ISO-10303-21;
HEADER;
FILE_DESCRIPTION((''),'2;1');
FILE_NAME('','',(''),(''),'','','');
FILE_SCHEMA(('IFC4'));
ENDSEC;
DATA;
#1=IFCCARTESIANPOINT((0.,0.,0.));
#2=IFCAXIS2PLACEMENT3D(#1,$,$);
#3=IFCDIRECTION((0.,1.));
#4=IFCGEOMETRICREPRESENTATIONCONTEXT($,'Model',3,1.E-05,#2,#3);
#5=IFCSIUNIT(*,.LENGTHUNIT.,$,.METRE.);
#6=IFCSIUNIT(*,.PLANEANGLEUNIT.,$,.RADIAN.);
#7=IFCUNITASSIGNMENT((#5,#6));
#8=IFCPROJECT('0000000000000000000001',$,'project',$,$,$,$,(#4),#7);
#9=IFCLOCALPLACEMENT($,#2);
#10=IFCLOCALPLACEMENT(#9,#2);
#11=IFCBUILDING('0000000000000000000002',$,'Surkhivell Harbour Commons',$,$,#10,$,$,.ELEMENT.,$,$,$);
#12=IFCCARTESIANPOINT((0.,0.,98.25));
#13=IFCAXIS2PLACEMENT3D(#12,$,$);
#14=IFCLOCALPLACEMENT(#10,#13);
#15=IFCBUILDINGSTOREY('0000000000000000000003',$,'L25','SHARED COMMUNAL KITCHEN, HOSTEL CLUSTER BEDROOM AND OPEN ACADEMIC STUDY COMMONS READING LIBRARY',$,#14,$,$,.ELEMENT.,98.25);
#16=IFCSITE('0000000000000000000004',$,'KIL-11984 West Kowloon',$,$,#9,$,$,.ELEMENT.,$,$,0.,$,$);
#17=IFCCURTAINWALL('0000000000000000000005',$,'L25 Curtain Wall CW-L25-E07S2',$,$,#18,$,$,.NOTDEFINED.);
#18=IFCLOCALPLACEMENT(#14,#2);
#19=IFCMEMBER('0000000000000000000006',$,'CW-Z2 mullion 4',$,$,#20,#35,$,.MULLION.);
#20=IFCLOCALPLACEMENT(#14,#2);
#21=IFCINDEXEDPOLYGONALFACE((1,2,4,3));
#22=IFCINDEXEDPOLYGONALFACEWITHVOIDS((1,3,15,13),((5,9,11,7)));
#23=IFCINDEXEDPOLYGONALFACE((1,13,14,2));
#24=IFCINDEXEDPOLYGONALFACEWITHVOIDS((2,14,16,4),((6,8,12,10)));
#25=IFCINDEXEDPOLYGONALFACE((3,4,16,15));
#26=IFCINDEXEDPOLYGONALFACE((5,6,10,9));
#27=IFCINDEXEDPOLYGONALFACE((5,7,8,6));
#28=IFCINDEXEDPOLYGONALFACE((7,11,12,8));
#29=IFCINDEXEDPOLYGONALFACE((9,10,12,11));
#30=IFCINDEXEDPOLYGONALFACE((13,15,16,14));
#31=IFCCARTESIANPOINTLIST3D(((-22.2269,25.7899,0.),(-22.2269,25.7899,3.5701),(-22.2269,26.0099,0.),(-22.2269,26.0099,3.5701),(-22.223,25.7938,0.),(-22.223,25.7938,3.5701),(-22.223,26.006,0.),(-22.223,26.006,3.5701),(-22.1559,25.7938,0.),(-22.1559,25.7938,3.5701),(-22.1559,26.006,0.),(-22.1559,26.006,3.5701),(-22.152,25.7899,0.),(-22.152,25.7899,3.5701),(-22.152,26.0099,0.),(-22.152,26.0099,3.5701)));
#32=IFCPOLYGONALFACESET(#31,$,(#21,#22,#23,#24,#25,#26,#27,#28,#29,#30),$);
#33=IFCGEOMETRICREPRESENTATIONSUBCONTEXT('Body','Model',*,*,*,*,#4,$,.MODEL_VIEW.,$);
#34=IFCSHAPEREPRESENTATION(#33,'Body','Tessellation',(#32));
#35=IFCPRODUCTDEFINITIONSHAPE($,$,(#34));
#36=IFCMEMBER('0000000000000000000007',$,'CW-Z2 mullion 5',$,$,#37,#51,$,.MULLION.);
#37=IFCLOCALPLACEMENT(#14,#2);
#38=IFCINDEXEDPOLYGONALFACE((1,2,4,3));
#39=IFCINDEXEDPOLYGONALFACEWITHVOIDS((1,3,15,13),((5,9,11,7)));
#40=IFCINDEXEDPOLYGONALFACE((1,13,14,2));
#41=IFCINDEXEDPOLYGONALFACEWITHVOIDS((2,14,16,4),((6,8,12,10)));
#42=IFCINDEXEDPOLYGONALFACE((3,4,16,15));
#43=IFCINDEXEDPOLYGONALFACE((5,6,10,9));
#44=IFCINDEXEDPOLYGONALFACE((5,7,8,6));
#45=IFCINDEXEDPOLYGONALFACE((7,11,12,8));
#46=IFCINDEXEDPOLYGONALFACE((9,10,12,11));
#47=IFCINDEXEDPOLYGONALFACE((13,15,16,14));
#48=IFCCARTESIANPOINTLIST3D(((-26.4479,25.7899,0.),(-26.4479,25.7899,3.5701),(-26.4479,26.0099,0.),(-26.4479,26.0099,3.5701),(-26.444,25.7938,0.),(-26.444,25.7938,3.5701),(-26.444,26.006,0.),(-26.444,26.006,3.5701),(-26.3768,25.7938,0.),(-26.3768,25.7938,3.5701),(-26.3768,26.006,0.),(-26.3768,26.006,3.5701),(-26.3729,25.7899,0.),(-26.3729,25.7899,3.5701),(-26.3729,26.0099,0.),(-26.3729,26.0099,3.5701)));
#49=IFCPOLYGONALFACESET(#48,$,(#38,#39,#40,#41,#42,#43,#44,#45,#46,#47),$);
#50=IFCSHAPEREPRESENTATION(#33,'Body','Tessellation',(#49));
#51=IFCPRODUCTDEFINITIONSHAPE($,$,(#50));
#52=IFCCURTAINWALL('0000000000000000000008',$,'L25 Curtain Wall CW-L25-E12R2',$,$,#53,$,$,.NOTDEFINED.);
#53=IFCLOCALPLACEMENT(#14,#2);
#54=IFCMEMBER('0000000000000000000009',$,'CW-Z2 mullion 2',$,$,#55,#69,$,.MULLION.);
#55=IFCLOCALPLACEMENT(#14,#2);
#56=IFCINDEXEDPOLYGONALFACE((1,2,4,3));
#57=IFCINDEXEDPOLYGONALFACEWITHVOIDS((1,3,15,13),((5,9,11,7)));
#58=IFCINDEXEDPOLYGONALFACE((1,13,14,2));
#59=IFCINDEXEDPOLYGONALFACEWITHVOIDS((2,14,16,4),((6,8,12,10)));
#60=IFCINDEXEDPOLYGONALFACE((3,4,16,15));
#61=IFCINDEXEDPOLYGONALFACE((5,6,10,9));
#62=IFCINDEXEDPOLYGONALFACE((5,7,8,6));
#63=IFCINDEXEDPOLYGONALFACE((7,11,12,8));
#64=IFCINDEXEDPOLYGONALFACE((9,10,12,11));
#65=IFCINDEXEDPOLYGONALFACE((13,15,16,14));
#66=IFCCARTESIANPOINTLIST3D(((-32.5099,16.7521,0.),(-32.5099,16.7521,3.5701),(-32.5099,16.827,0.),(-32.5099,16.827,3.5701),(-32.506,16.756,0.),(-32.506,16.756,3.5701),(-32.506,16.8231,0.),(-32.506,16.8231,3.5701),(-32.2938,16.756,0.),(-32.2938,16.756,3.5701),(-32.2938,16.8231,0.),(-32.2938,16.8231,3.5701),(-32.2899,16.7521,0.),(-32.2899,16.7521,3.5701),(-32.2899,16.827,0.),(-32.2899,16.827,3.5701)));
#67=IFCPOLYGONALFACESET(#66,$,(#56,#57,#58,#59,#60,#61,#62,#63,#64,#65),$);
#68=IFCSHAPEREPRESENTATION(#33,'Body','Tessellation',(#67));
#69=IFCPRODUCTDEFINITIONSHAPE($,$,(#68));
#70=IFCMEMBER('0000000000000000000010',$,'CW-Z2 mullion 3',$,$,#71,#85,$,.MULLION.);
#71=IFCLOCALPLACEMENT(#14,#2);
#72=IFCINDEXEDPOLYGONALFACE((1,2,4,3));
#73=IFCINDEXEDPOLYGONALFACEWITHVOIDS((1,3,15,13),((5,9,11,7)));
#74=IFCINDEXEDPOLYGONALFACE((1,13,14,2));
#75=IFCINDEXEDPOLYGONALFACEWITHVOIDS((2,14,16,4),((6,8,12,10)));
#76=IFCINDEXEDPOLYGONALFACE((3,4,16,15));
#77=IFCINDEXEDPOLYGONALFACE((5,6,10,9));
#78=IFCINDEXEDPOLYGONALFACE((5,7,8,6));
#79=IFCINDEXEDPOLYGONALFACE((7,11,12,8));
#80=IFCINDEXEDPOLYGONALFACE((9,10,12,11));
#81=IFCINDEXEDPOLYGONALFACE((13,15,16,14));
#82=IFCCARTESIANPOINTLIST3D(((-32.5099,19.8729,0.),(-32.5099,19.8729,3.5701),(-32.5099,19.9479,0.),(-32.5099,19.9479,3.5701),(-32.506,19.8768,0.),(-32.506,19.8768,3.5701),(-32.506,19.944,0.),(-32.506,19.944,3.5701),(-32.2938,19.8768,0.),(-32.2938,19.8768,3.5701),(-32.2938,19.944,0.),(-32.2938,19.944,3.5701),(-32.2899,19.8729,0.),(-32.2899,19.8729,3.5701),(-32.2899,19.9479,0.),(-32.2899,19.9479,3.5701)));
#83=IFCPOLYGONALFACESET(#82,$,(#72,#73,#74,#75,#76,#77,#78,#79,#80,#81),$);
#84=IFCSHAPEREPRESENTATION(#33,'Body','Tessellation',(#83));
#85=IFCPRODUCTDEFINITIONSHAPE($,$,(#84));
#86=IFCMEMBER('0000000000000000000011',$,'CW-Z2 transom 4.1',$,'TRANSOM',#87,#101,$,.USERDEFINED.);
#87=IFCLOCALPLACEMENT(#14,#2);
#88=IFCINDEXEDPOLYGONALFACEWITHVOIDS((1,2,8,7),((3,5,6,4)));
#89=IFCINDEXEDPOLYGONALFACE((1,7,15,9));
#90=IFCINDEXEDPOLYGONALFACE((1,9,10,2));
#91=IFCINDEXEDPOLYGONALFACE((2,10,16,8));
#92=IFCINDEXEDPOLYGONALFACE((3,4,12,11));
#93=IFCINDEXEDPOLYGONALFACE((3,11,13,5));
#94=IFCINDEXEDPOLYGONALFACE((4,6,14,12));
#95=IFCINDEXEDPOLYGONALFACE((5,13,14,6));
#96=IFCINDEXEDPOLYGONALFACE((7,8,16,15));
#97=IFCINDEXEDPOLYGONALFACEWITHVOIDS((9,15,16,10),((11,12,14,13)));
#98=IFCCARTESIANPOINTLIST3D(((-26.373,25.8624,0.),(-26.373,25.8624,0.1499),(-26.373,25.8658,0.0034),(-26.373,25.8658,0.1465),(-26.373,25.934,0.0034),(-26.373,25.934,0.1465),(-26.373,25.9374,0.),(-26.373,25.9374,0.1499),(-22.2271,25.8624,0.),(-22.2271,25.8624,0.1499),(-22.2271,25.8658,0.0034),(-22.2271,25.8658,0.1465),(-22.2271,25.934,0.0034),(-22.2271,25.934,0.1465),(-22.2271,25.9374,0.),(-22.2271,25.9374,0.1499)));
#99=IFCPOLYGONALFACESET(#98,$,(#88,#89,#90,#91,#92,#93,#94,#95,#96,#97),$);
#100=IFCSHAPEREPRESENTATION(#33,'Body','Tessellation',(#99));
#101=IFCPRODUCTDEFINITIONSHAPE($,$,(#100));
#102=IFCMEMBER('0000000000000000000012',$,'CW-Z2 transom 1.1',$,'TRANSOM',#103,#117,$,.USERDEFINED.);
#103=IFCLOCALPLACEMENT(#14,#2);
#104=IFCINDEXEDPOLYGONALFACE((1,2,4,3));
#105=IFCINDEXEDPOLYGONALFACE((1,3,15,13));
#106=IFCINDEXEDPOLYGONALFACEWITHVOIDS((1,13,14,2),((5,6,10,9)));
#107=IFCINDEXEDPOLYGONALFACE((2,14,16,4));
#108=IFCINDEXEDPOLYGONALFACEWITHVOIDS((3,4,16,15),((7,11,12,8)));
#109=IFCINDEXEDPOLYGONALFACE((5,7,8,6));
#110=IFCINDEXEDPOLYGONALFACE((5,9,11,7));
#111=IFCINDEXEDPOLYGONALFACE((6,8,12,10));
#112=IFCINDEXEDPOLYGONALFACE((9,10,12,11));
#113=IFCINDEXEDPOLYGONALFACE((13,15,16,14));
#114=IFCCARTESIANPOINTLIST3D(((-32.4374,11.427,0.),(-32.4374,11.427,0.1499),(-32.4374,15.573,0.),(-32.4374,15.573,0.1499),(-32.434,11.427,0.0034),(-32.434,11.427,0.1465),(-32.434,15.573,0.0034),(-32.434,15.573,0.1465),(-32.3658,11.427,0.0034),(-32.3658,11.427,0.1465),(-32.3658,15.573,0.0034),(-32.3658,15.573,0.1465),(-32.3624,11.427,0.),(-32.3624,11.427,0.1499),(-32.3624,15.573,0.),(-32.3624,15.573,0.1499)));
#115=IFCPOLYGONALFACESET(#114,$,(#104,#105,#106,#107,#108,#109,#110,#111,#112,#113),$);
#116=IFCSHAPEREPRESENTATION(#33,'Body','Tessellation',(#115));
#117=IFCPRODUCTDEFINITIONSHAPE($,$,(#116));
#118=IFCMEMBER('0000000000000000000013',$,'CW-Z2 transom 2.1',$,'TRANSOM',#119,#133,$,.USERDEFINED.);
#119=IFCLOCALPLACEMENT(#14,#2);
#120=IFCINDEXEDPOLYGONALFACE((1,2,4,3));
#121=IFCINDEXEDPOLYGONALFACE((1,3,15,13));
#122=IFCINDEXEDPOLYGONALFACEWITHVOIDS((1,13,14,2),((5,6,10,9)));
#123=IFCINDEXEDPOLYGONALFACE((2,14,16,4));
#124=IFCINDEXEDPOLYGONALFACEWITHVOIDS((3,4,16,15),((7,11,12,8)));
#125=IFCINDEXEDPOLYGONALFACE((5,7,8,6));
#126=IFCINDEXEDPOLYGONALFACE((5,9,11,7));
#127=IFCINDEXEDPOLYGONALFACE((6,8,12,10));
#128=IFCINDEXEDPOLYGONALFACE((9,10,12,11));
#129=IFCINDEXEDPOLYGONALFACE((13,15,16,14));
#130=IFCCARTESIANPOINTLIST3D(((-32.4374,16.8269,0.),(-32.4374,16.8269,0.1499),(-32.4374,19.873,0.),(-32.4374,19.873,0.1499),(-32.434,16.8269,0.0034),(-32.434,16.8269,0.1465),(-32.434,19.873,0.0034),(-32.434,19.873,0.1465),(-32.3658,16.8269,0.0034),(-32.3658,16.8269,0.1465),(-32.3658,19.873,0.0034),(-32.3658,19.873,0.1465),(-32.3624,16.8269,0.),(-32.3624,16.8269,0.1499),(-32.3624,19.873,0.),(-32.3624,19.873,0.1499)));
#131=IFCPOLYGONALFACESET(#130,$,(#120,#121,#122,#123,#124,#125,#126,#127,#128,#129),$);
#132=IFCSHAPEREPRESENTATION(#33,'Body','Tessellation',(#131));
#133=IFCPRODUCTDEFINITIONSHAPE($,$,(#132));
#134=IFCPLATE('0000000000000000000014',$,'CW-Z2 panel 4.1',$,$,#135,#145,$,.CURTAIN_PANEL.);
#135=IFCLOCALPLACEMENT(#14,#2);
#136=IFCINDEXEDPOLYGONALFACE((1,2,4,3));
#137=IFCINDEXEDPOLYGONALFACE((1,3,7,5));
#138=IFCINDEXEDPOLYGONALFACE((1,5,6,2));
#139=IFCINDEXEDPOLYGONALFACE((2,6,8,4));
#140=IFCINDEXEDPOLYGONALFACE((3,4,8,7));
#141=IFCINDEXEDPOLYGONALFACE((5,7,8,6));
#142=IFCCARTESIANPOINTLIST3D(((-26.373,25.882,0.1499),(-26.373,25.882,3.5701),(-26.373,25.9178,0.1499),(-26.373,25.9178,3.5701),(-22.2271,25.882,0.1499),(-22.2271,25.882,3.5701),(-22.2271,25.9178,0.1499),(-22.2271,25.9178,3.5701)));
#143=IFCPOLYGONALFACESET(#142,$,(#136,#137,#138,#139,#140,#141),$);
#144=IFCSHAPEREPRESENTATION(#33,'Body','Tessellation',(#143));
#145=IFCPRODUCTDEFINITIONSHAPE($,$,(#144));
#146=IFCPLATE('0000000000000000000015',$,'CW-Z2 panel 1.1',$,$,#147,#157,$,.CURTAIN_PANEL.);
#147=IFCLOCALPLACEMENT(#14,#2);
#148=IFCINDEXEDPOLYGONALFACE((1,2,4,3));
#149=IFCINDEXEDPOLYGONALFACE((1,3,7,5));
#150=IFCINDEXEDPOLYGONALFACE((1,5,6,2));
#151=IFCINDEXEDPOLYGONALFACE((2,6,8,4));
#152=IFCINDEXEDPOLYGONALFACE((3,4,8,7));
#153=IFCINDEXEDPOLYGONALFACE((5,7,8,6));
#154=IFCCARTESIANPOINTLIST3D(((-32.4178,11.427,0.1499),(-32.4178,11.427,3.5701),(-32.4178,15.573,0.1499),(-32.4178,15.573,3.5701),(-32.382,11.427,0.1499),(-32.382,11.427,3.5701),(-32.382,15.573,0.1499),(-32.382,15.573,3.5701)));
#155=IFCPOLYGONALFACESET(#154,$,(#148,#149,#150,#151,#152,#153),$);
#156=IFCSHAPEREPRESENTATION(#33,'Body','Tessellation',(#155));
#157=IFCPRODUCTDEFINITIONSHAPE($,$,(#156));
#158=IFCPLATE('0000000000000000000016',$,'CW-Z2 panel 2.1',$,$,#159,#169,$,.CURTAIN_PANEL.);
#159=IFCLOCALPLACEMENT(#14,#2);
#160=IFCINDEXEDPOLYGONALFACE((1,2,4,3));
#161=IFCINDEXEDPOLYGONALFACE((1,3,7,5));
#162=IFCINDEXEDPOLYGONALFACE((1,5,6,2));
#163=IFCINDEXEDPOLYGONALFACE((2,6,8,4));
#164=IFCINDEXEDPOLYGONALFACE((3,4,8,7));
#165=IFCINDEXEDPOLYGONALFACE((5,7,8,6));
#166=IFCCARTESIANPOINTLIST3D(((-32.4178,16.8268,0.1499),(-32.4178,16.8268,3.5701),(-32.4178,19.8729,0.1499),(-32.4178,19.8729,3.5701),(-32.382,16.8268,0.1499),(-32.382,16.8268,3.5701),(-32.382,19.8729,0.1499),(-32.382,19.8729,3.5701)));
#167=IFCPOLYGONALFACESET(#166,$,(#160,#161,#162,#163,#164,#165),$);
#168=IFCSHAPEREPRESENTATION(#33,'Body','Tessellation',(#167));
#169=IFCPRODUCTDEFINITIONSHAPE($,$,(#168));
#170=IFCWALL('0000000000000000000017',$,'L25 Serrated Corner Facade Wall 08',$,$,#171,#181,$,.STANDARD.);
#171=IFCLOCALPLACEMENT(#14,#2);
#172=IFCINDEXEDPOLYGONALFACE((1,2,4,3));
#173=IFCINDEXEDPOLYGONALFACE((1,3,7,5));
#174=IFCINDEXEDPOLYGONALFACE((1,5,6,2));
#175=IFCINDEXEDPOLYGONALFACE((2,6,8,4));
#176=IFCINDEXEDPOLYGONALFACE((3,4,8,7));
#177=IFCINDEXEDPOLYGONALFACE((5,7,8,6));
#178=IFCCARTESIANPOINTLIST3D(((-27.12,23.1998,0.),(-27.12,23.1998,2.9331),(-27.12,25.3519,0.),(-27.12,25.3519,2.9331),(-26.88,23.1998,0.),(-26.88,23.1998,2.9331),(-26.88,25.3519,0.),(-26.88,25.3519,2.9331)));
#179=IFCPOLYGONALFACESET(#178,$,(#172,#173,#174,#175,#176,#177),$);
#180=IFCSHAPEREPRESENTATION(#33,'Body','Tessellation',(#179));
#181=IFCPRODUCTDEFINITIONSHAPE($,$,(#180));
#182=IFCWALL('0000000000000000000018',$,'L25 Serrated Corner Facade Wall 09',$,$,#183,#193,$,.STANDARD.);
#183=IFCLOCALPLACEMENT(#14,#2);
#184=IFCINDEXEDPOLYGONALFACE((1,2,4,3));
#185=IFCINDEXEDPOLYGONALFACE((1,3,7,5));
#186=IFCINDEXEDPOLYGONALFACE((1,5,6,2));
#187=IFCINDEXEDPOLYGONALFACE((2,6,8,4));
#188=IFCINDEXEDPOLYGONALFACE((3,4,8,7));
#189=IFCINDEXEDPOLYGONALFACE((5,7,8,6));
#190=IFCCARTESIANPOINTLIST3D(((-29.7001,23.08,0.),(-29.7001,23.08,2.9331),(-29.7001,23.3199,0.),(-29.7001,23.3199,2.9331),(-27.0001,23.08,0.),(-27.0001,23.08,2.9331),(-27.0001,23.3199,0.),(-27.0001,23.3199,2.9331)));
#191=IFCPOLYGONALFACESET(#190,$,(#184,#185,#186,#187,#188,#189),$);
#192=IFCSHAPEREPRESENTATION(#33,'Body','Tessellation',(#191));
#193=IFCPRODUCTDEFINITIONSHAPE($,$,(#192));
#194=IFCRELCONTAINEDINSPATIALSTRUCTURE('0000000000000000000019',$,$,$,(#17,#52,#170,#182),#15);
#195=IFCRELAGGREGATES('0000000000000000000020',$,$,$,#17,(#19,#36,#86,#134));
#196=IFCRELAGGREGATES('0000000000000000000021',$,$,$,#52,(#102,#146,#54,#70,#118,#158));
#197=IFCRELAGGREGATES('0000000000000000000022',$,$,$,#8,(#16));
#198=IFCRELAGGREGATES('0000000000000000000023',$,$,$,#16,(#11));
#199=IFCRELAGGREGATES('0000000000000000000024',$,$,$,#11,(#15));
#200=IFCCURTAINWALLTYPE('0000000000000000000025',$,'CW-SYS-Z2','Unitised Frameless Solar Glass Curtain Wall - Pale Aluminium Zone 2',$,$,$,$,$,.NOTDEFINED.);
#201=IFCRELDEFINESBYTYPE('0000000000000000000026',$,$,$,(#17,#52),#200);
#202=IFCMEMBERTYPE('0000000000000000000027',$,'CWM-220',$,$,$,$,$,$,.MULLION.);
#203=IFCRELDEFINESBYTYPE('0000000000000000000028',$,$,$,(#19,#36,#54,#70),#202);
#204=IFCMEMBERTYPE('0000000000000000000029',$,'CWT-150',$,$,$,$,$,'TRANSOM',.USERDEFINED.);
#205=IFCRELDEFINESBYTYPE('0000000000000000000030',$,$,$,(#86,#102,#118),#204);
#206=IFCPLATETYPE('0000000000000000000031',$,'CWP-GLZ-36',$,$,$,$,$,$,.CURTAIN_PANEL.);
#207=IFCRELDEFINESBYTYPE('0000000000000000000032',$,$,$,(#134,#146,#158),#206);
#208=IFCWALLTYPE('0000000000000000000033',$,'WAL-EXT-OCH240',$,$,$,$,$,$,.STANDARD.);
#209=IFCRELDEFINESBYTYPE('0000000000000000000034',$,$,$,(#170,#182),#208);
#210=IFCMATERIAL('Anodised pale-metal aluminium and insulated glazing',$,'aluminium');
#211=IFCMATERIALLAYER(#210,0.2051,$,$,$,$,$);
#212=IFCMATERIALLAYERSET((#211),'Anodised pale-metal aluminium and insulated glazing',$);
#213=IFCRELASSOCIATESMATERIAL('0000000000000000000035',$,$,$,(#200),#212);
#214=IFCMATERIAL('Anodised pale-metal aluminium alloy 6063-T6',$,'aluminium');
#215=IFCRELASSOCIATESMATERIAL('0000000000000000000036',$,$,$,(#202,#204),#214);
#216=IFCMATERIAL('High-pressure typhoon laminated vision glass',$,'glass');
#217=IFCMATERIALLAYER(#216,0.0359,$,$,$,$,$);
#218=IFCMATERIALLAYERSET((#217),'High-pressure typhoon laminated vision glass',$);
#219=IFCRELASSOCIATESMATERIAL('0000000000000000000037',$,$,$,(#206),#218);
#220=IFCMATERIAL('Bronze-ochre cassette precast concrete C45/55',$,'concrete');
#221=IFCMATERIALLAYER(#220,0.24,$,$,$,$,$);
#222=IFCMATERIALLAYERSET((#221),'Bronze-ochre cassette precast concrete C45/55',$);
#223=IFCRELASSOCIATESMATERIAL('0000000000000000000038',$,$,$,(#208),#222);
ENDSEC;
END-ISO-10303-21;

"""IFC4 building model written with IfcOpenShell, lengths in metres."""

from ifc_helpers import new_model, si_unit, direction, frame, frame_2d, origin, origin_2d, place, context, subcontext, project, spatial, rectangle, hollow_rectangle, extrude, material, layer, layer_set, material_profile, profile_set, type_object, element, aggregate, save


model = new_model("IFC4")

# Units and contexts
model_context = context("Model", 3, precision=1e-05, world=origin(), true_north=direction((0.0, 1.0)))
body_context = subcontext(model_context, "Body", "Model", "MODEL_VIEW")
ifc_project = project(units=[si_unit("LENGTHUNIT", "METRE"), si_unit("PLANEANGLEUNIT", "RADIAN")], contexts=[model_context])

# Site, building, storey
site_placement = place(None, origin())
site = spatial("IfcSite", under=ifc_project, at=site_placement, Name="KIL-11984 West Kowloon", CompositionType="ELEMENT", RefElevation=0.0)
building_placement = place(site_placement, origin())
building = spatial("IfcBuilding", under=site, at=building_placement, Name="Surkhivell Harbour Commons", CompositionType="ELEMENT")
storey_placement = place(building_placement, frame((0.0, 0.0, 98.25)))
storey = spatial("IfcBuildingStorey", under=building, at=storey_placement, Name="L25", Description="SHARED COMMUNAL KITCHEN, HOSTEL CLUSTER BEDROOM AND OPEN ACADEMIC STUDY COMMONS READING LIBRARY", CompositionType="ELEMENT", Elevation=98.25)

# Curtain walls, members
ifc_material_1 = material(Name="Anodised pale-metal aluminium and insulated glazing", Category="aluminium")
ifc_layer_1 = layer(ifc_material_1, 0.2051)
ifc_layer_set_1 = layer_set([ifc_layer_1], Name="Anodised pale-metal aluminium and insulated glazing")
curtain_wall_type = type_object("IfcCurtainWallType", Name="CW-SYS-Z2", Description="Unitised Frameless Solar Glass Curtain Wall - Pale Aluminium Zone 2", PredefinedType="NOTDEFINED", material=ifc_layer_set_1)
curtain_wall_1_placement = place(storey_placement, origin())
curtain_wall_1 = element("IfcCurtainWall", 1, at=curtain_wall_1_placement, inside=storey, type_object=curtain_wall_type, Name="L25 Curtain Wall CW-L25-E07S2", PredefinedType="NOTDEFINED")
ifc_material_2 = material(Name="Anodised pale-metal aluminium alloy 6063-T6", Category="aluminium")
ifc_material_profile_1 = material_profile(ifc_material_2, hollow_rectangle(XDim=0.075, YDim=0.22, WallThickness=0.0039, at=origin_2d()), Name="ALU-MULL-75x220")
ifc_profile_set_1 = profile_set([ifc_material_profile_1], Name="Anodised pale-metal aluminium alloy 6063-T6")
member_type_1 = type_object("IfcMemberType", Name="CWM-220", PredefinedType="MULLION", material=ifc_profile_set_1)
member_1_placement = place(storey_placement, frame((-22.1895, 25.8999, 0.0), z_axis=(0.0, 0.0, 1.0), x_axis=(-1.0, 0.0, 0.0)))
member_1 = element("IfcMember", 2, at=member_1_placement, type_object=member_type_1, Name="CW-Z2 mullion 4", PredefinedType="MULLION", context=body_context, shape_type="SweptSolid", body=[
    extrude(hollow_rectangle(XDim=0.075, YDim=0.22, WallThickness=0.0039, at=origin_2d()), origin(), (0.0, 0.0, 1.0), 3.5701),
])
member_2_placement = place(storey_placement, frame((-26.4104, 25.8999, 0.0), z_axis=(0.0, 0.0, 1.0), x_axis=(-1.0, 0.0, 0.0)))
member_2 = element("IfcMember", 3, at=member_2_placement, type_object=member_type_1, Name="CW-Z2 mullion 5", PredefinedType="MULLION", context=body_context, shape_type="SweptSolid", body=[
    extrude(hollow_rectangle(XDim=0.075, YDim=0.22, WallThickness=0.0039, at=origin_2d()), origin(), (0.0, 0.0, 1.0), 3.5701),
])
curtain_wall_2_placement = place(storey_placement, origin())
curtain_wall_2 = element("IfcCurtainWall", 4, at=curtain_wall_2_placement, inside=storey, type_object=curtain_wall_type, Name="L25 Curtain Wall CW-L25-E12R2", PredefinedType="NOTDEFINED")
member_3_placement = place(storey_placement, frame((-32.3999, 16.7896, 0.0), z_axis=(0.0, 0.0, 1.0), x_axis=(0.0, 1.0, 0.0)))
member_3 = element("IfcMember", 5, at=member_3_placement, type_object=member_type_1, Name="CW-Z2 mullion 2", PredefinedType="MULLION", context=body_context, shape_type="SweptSolid", body=[
    extrude(hollow_rectangle(XDim=0.075, YDim=0.22, WallThickness=0.0039, at=origin_2d()), origin(), (0.0, 0.0, 1.0), 3.5701),
])
member_4_placement = place(storey_placement, frame((-32.3999, 19.9104, 0.0), z_axis=(0.0, 0.0, 1.0), x_axis=(0.0, 1.0, 0.0)))
member_4 = element("IfcMember", 6, at=member_4_placement, type_object=member_type_1, Name="CW-Z2 mullion 3", PredefinedType="MULLION", context=body_context, shape_type="SweptSolid", body=[
    extrude(hollow_rectangle(XDim=0.075, YDim=0.22, WallThickness=0.0039, at=origin_2d()), origin(), (0.0, 0.0, 1.0), 3.5701),
])

# Members
ifc_material_profile_2 = material_profile(ifc_material_2, hollow_rectangle(XDim=0.075, YDim=0.1499, WallThickness=0.0034, at=origin_2d()), Name="ALU-TRAN-75x150")
ifc_profile_set_2 = profile_set([ifc_material_profile_2], Name="Anodised pale-metal aluminium alloy 6063-T6")
member_type_2 = type_object("IfcMemberType", Name="CWT-150", ElementType="TRANSOM", PredefinedType="USERDEFINED", material=ifc_profile_set_2)
member_5_placement = place(storey_placement, frame((-22.2271, 25.8999, 0.075), z_axis=(-1.0, 0.0, 0.0), x_axis=(0.0, -1.0, 0.0)))
member_5 = element("IfcMember", 7, at=member_5_placement, type_object=member_type_2, Name="CW-Z2 transom 4.1", ObjectType="TRANSOM", PredefinedType="USERDEFINED", context=body_context, shape_type="SweptSolid", body=[
    extrude(hollow_rectangle(XDim=0.075, YDim=0.1499, WallThickness=0.0034, at=origin_2d()), origin(), (0.0, 0.0, 1.0), 4.146),
])
member_6_placement = place(storey_placement, frame((-32.3999, 11.427, 0.075), z_axis=(0.0, 1.0, 0.0), x_axis=(-1.0, 0.0, 0.0)))
member_6 = element("IfcMember", 8, at=member_6_placement, type_object=member_type_2, Name="CW-Z2 transom 1.1", ObjectType="TRANSOM", PredefinedType="USERDEFINED", context=body_context, shape_type="SweptSolid", body=[
    extrude(hollow_rectangle(XDim=0.075, YDim=0.1499, WallThickness=0.0034, at=origin_2d()), origin(), (0.0, 0.0, 1.0), 4.146),
])
member_7_placement = place(storey_placement, frame((-32.3999, 16.8269, 0.075), z_axis=(0.0, 1.0, 0.0), x_axis=(-1.0, 0.0, 0.0)))
member_7 = element("IfcMember", 9, at=member_7_placement, type_object=member_type_2, Name="CW-Z2 transom 2.1", ObjectType="TRANSOM", PredefinedType="USERDEFINED", context=body_context, shape_type="SweptSolid", body=[
    extrude(hollow_rectangle(XDim=0.075, YDim=0.1499, WallThickness=0.0034, at=origin_2d()), origin(), (0.0, 0.0, 1.0), 3.0461),
])

# Plates
ifc_material_3 = material(Name="High-pressure typhoon laminated vision glass", Category="glass")
ifc_layer_2 = layer(ifc_material_3, 0.0359)
ifc_layer_set_2 = layer_set([ifc_layer_2], Name="High-pressure typhoon laminated vision glass")
plate_type = type_object("IfcPlateType", Name="CWP-GLZ-36", PredefinedType="CURTAIN_PANEL", material=ifc_layer_set_2)
plate_1_placement = place(storey_placement, frame((-22.2271, 25.8999, 0.1499), z_axis=(0.0, 0.0, 1.0), x_axis=(-1.0, 0.0, 0.0)))
plate_1 = element("IfcPlate", 10, at=plate_1_placement, type_object=plate_type, Name="CW-Z2 panel 4.1", PredefinedType="CURTAIN_PANEL", context=body_context, shape_type="SweptSolid", body=[
    extrude(rectangle(XDim=4.146, YDim=0.0359, at=frame_2d((2.073, 0.0))), origin(), (0.0, 0.0, 1.0), 3.4202),
])
aggregate(curtain_wall_1, [member_1, member_2, member_5, plate_1])
plate_2_placement = place(storey_placement, frame((-32.3999, 11.427, 0.1499), z_axis=(0.0, 0.0, 1.0), x_axis=(0.0, 1.0, 0.0)))
plate_2 = element("IfcPlate", 11, at=plate_2_placement, type_object=plate_type, Name="CW-Z2 panel 1.1", PredefinedType="CURTAIN_PANEL", context=body_context, shape_type="SweptSolid", body=[
    extrude(rectangle(XDim=4.146, YDim=0.0359, at=frame_2d((2.073, 0.0))), origin(), (0.0, 0.0, 1.0), 3.4202),
])
plate_3_placement = place(storey_placement, frame((-32.3999, 16.8269, 0.1499), z_axis=(0.0, 0.0, 1.0), x_axis=(0.0, 1.0, 0.0)))
plate_3 = element("IfcPlate", 12, at=plate_3_placement, type_object=plate_type, Name="CW-Z2 panel 2.1", PredefinedType="CURTAIN_PANEL", context=body_context, shape_type="SweptSolid", body=[
    extrude(rectangle(XDim=3.0461, YDim=0.0359, at=frame_2d((1.5229, 0.0))), origin(), (0.0, 0.0, 1.0), 3.4202),
])
aggregate(curtain_wall_2, [member_6, plate_2, member_3, member_4, member_7, plate_3])

# Walls
ifc_material_4 = material(Name="Bronze-ochre cassette precast concrete C45/55", Category="concrete")
ifc_layer_3 = layer(ifc_material_4, 0.24)
ifc_layer_set_3 = layer_set([ifc_layer_3], Name="Bronze-ochre cassette precast concrete C45/55")
wall_type = type_object("IfcWallType", Name="WAL-EXT-OCH240", PredefinedType="STANDARD", material=ifc_layer_set_3)
wall_1_placement = place(storey_placement, frame((-27.0, 25.3521, 0.0), z_axis=(0.0, 0.0, 1.0), x_axis=(0.0, -1.0, 0.0)))
element("IfcWall", 13, at=wall_1_placement, inside=storey, type_object=wall_type, Name="L25 Serrated Corner Facade Wall 08", PredefinedType="STANDARD", context=body_context, shape_type="SweptSolid", body=[
    extrude(rectangle(XDim=2.1521, YDim=0.24, at=frame_2d((1.0762, 0.0))), origin(), (0.0, 0.0, 1.0), 2.9331),
])
wall_2_placement = place(storey_placement, frame((-27.0, 23.2, 0.0), z_axis=(0.0, 0.0, 1.0), x_axis=(-1.0, 0.0, 0.0)))
element("IfcWall", 14, at=wall_2_placement, inside=storey, type_object=wall_type, Name="L25 Serrated Corner Facade Wall 09", PredefinedType="STANDARD", context=body_context, shape_type="SweptSolid", body=[
    extrude(rectangle(XDim=2.7, YDim=0.24, at=frame_2d((1.3501, 0.0))), origin(), (0.0, 0.0, 1.0), 2.9331),
])

save(model, "model.ifc")
